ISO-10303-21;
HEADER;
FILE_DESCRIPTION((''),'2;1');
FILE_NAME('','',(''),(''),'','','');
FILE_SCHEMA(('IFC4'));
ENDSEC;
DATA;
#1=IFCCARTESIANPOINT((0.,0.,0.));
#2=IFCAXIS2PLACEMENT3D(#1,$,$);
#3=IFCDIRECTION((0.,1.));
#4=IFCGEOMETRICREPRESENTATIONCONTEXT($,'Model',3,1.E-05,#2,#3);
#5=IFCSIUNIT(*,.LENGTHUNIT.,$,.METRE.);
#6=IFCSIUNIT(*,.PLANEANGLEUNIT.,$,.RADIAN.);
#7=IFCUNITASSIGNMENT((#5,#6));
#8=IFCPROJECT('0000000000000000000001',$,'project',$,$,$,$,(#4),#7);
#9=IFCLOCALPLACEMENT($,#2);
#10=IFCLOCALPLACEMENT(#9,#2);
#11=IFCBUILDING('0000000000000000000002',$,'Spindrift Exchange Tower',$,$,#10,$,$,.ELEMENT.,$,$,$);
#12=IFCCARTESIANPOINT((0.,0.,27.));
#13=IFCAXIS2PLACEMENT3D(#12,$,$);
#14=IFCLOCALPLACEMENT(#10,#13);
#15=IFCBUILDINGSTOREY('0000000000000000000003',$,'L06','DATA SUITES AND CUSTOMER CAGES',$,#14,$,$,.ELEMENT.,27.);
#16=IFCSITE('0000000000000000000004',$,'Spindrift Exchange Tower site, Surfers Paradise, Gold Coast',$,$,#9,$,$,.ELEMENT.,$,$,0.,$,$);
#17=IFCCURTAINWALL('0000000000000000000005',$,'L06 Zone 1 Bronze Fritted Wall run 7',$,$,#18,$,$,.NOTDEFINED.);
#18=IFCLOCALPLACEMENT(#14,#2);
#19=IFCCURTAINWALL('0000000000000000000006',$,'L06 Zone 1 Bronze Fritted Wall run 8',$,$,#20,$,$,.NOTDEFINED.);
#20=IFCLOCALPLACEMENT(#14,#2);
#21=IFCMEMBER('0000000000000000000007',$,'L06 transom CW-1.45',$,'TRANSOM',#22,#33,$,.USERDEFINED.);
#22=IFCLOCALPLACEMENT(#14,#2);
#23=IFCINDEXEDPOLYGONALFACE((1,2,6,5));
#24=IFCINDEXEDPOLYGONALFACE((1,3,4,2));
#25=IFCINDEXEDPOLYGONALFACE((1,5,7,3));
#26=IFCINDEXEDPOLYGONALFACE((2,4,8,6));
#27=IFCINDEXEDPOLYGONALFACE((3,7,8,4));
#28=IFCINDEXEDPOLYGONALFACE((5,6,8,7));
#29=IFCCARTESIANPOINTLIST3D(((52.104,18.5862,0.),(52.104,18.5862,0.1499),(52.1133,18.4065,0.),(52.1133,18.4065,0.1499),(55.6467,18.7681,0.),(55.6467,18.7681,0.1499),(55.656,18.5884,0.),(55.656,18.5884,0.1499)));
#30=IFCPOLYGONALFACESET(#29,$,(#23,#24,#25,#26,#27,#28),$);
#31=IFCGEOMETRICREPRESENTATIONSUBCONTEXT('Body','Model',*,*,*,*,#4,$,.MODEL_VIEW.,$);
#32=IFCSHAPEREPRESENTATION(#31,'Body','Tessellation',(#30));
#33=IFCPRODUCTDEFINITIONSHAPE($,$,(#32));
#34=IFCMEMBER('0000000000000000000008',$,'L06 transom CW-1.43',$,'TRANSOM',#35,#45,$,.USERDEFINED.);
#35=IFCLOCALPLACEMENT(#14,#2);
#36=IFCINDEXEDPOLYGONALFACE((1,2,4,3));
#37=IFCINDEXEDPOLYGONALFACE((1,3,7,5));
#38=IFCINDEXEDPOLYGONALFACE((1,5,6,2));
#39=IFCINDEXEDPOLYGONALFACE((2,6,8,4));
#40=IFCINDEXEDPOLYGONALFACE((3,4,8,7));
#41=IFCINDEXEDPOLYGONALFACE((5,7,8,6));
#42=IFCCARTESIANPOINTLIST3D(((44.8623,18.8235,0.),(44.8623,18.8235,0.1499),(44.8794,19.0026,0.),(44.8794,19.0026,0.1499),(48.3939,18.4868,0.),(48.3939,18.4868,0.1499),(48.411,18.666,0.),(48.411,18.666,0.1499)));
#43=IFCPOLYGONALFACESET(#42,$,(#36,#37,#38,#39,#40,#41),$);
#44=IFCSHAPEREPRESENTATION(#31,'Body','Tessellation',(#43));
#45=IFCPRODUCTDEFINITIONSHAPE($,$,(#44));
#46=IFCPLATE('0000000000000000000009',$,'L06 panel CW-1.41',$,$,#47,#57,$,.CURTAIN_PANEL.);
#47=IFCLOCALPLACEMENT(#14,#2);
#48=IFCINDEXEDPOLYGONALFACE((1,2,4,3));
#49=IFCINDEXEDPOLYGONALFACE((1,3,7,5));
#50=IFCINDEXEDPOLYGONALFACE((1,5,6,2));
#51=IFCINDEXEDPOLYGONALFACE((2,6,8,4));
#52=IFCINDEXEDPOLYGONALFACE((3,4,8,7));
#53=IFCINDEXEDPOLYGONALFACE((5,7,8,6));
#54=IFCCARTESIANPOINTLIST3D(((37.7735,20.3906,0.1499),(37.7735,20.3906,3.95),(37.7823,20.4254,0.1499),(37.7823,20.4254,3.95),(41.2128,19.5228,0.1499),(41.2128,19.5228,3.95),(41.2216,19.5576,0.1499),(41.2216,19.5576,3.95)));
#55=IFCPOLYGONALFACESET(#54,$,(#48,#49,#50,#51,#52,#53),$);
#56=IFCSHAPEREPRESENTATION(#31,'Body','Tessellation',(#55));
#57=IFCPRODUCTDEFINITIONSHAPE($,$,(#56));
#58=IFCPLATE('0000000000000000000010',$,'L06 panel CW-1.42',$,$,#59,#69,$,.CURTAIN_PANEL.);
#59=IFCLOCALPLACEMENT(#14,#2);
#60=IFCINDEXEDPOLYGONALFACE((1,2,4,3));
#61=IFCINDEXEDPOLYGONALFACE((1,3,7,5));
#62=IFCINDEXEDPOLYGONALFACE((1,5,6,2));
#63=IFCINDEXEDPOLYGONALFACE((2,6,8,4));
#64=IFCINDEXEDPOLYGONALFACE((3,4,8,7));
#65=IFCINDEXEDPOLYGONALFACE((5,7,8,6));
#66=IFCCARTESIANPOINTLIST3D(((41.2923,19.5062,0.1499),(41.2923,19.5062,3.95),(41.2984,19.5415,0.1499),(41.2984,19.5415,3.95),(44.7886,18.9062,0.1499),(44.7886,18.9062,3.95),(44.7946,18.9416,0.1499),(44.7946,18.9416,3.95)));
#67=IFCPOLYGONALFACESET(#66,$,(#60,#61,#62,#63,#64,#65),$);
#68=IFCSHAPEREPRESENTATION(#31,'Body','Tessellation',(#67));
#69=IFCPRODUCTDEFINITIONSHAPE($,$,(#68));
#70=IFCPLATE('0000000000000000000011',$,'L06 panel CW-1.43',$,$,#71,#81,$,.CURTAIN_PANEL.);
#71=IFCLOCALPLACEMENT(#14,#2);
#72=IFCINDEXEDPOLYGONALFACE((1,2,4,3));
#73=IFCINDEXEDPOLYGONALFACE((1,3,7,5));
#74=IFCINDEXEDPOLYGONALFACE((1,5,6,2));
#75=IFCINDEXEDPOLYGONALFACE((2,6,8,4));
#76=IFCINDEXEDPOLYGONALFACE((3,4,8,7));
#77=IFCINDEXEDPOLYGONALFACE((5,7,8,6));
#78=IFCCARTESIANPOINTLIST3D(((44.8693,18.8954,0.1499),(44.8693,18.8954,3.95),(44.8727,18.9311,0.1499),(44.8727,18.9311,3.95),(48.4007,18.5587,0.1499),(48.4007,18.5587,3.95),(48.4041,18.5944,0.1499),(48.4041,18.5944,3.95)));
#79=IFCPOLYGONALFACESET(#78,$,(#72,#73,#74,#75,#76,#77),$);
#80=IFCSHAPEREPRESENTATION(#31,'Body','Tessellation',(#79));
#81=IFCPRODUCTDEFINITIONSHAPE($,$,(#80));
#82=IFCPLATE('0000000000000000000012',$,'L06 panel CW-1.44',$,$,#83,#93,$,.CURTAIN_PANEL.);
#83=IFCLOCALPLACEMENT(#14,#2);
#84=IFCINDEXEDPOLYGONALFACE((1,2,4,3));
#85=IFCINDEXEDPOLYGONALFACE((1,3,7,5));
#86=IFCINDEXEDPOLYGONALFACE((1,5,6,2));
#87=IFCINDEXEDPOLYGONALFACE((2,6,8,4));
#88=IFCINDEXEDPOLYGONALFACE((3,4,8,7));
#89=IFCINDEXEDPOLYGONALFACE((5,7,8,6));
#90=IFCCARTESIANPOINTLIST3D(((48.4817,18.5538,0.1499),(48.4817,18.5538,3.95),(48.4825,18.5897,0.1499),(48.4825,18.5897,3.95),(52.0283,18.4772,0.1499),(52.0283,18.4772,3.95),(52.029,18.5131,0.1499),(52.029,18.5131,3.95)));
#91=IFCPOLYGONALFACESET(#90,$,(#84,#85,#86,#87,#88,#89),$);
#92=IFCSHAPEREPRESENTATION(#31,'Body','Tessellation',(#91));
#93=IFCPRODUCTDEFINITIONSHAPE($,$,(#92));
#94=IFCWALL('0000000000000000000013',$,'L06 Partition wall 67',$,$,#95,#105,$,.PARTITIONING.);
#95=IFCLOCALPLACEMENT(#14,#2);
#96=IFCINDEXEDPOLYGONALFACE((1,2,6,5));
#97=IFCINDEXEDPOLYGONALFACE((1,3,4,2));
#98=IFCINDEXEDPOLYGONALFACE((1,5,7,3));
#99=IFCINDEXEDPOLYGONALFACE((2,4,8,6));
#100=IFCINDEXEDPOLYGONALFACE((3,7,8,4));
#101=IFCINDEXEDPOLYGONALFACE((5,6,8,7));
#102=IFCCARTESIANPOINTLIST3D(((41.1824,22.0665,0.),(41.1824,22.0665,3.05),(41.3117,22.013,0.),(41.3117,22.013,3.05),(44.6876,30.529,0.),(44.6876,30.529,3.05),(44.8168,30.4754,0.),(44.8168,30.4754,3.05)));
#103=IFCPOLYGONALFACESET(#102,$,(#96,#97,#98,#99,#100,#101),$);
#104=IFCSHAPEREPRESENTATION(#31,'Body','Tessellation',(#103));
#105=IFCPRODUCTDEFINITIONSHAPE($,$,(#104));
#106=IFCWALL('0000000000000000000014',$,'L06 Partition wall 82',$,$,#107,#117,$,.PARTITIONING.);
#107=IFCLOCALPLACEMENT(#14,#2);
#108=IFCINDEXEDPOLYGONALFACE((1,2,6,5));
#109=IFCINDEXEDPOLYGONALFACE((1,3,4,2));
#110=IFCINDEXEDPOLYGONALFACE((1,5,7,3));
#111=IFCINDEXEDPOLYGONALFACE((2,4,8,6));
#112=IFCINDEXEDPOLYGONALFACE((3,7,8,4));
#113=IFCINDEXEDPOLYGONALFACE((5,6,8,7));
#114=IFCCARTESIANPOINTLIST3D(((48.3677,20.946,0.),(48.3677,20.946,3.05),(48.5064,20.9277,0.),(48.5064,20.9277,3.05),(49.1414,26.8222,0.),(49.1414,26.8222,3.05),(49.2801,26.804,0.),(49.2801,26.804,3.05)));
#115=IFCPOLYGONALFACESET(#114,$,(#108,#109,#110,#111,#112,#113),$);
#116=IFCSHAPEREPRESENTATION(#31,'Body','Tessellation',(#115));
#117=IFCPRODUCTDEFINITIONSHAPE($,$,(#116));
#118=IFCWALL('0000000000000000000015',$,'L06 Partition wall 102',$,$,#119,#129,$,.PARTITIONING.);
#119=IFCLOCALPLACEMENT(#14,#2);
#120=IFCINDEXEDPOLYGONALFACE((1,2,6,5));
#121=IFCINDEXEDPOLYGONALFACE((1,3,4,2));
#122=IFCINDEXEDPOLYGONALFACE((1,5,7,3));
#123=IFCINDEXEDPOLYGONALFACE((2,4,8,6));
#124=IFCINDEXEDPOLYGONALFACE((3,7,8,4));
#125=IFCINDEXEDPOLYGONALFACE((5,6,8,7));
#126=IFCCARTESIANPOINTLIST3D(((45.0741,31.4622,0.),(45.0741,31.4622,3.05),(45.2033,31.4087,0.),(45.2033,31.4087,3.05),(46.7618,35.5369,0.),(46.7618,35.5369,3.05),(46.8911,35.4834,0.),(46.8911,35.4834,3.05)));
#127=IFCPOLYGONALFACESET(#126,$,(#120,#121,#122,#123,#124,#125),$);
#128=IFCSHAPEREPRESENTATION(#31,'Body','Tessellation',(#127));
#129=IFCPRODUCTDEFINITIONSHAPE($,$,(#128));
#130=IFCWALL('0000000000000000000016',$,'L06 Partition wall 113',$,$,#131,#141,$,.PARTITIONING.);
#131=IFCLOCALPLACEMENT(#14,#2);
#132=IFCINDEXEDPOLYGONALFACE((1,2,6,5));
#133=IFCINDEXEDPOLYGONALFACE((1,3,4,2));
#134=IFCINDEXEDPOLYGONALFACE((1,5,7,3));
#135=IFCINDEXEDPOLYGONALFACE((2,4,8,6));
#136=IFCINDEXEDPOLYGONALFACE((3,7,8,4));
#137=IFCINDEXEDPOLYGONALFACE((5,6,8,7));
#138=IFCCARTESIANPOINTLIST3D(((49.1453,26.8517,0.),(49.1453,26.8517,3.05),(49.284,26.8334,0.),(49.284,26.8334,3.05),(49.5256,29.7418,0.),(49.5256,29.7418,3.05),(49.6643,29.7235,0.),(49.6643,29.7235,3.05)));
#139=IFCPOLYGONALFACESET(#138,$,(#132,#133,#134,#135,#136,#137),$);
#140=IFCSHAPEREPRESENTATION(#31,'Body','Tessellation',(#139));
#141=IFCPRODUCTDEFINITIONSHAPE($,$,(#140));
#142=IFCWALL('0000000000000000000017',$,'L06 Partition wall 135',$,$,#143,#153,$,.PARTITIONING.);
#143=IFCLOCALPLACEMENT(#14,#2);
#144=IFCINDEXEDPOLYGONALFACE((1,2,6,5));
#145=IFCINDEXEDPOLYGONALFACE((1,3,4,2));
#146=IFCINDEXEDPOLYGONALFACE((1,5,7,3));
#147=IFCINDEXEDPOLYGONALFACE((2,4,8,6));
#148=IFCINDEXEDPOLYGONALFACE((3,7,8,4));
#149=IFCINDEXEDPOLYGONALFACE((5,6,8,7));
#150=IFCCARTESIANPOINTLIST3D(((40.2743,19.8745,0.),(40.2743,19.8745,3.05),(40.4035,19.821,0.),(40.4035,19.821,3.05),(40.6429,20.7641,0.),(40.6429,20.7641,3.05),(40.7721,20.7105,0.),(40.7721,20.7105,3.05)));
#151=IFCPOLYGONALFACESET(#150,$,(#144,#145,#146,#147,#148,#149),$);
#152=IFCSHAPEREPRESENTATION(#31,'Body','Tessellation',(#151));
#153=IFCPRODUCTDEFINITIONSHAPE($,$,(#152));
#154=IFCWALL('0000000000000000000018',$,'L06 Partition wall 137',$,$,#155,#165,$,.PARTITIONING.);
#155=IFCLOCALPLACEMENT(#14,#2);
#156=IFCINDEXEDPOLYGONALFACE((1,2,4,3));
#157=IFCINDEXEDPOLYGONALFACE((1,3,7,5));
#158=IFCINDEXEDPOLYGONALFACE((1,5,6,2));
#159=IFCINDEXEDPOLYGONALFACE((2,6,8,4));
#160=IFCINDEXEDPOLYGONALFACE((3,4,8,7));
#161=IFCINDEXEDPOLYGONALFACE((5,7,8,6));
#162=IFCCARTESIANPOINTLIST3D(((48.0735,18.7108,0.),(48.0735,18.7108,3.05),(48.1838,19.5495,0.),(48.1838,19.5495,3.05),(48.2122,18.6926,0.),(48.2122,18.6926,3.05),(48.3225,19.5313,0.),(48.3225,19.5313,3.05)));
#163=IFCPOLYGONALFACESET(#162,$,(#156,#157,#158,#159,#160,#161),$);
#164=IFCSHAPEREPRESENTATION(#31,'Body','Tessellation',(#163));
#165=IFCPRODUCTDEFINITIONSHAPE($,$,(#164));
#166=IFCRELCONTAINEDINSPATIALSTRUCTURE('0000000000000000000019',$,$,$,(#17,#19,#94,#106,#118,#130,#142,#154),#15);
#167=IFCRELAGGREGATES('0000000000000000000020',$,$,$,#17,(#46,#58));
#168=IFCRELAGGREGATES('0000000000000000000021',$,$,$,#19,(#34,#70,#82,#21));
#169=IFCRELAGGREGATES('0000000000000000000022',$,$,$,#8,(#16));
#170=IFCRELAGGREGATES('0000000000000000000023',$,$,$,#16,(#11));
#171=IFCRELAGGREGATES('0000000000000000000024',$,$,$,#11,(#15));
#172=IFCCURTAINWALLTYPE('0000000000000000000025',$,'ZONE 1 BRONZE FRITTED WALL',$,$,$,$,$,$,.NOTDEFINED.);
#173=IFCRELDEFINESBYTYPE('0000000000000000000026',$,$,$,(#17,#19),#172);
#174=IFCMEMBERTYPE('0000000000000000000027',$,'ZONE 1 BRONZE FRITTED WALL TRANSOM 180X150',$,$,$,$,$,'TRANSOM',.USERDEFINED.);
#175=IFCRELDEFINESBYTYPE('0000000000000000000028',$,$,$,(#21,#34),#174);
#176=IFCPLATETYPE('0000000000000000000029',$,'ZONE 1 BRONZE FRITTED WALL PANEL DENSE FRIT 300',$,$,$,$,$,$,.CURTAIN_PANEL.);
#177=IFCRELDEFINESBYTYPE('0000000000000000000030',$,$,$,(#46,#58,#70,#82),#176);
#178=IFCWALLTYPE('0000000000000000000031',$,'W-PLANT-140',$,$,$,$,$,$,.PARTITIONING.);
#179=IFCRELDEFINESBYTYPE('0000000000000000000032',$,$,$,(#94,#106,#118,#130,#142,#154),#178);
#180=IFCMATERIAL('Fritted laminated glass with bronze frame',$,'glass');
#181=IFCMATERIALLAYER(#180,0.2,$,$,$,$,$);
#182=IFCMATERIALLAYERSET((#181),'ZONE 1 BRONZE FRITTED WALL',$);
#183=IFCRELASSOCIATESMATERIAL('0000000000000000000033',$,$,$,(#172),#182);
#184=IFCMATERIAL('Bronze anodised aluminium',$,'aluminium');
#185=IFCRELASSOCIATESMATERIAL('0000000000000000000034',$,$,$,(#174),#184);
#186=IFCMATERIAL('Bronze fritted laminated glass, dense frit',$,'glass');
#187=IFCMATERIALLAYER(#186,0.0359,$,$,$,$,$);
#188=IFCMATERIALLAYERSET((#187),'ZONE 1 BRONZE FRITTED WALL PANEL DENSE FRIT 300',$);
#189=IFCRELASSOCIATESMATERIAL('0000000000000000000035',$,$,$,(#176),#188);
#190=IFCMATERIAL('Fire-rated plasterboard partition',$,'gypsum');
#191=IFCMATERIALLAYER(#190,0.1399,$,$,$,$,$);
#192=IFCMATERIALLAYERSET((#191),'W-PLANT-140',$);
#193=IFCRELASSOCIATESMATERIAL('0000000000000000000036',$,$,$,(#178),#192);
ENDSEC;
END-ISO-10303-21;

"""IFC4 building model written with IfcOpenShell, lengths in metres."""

from ifc_helpers import new_model, si_unit, direction, frame, frame_2d, origin, origin_2d, place, context, subcontext, project, spatial, rectangle, extrude, source, transform, mapped, material, layer, layer_set, material_profile, profile_set, type_object, element, aggregate, save


model = new_model("IFC4")

# Units and contexts
model_context = context("Model", 3, precision=1e-05, world=origin(), true_north=direction((0.0, 1.0)))
body_context = subcontext(model_context, "Body", "Model", "MODEL_VIEW")
ifc_project = project(units=[si_unit("LENGTHUNIT", "METRE"), si_unit("PLANEANGLEUNIT", "RADIAN")], contexts=[model_context])

# Site, building, storey
site_placement = place(None, origin())
site = spatial("IfcSite", under=ifc_project, at=site_placement, Name="Spindrift Exchange Tower site, Surfers Paradise, Gold Coast", CompositionType="ELEMENT", RefElevation=0.0)
building_placement = place(site_placement, origin())
building = spatial("IfcBuilding", under=site, at=building_placement, Name="Spindrift Exchange Tower", CompositionType="ELEMENT")
storey_placement = place(building_placement, frame((0.0, 0.0, 27.0)))
storey = spatial("IfcBuildingStorey", under=building, at=storey_placement, Name="L06", Description="DATA SUITES AND CUSTOMER CAGES", CompositionType="ELEMENT", Elevation=27.0)

# Curtain wall
ifc_material_1 = material(Name="Fritted laminated glass with bronze frame", Category="glass")
ifc_layer_1 = layer(ifc_material_1, 0.2)
ifc_layer_set_1 = layer_set([ifc_layer_1], Name="ZONE 1 BRONZE FRITTED WALL")
curtain_wall_type = type_object("IfcCurtainWallType", Name="ZONE 1 BRONZE FRITTED WALL", PredefinedType="NOTDEFINED", material=ifc_layer_set_1)
curtain_wall_1_placement = place(storey_placement, origin())
curtain_wall_1 = element("IfcCurtainWall", 1, at=curtain_wall_1_placement, inside=storey, type_object=curtain_wall_type, Name="L06 Zone 1 Bronze Fritted Wall run 7", PredefinedType="NOTDEFINED")
ifc_material_2 = material(Name="Bronze anodised aluminium", Category="aluminium")

# Curtain wall
curtain_wall_2_placement = place(storey_placement, origin())
curtain_wall_2 = element("IfcCurtainWall", 2, at=curtain_wall_2_placement, inside=storey, type_object=curtain_wall_type, Name="L06 Zone 1 Bronze Fritted Wall run 8", PredefinedType="NOTDEFINED")

# Members
ifc_material_profile_1 = material_profile(ifc_material_2, rectangle(XDim=0.1799, YDim=0.1499, at=origin_2d()), Name="ZONE 1 BRONZE FRITTED WALL TRANSOM 180X150")
ifc_profile_set_1 = profile_set([ifc_material_profile_1], Name="Bronze anodised aluminium")
member_type_1 = type_object("IfcMemberType", Name="ZONE 1 BRONZE FRITTED WALL TRANSOM 180X150", ElementType="TRANSOM", PredefinedType="USERDEFINED", material=ifc_profile_set_1)
shared_shape_1 = source(origin(), body_context, "Body", "SweptSolid", [
    extrude(rectangle(XDim=0.1799, YDim=0.1499, at=origin_2d()), origin(), (0.0, 0.0, 1.0), 3.5474),
])
member_1_placement = place(storey_placement, frame((52.1086, 18.4963, 0.075), z_axis=(0.998685, 0.051273, 0.0), x_axis=(-0.051273, 0.998685, 0.0)))
member_1 = element("IfcMember", 3, at=member_1_placement, type_object=member_type_1, Name="L06 transom CW-1.45", ObjectType="TRANSOM", PredefinedType="USERDEFINED", context=body_context, shape_type="MappedRepresentation", body=[
    mapped(shared_shape_1, transform((0.0, 0.0, 0.0), scale=1.0)),
])
shared_shape_2 = source(origin(), body_context, "Body", "SweptSolid", [
    extrude(rectangle(XDim=0.1799, YDim=0.1499, at=origin_2d()), origin(), (0.0, 0.0, 1.0), 3.5476),
])
member_2_placement = place(storey_placement, frame((44.8708, 18.9131, 0.075), z_axis=(0.995486, -0.094903, 0.0), x_axis=(0.094903, 0.995486, 0.0)))
member_2 = element("IfcMember", 4, at=member_2_placement, type_object=member_type_1, Name="L06 transom CW-1.43", ObjectType="TRANSOM", PredefinedType="USERDEFINED", context=body_context, shape_type="MappedRepresentation", body=[
    mapped(shared_shape_2, transform((0.0, 0.0, 0.0), scale=1.0)),
])

# Plates
ifc_material_3 = material(Name="Bronze fritted laminated glass, dense frit", Category="glass")
ifc_layer_2 = layer(ifc_material_3, 0.0359)
ifc_layer_set_2 = layer_set([ifc_layer_2], Name="ZONE 1 BRONZE FRITTED WALL PANEL DENSE FRIT 300")
plate_type = type_object("IfcPlateType", Name="ZONE 1 BRONZE FRITTED WALL PANEL DENSE FRIT 300", PredefinedType="CURTAIN_PANEL", material=ifc_layer_set_2)
shared_shape_3 = source(origin(), body_context, "Body", "SweptSolid", [
    extrude(rectangle(XDim=3.5471, YDim=0.0359, at=origin_2d()), origin(), (0.0, 0.0, 1.0), 3.8),
])
plate_1_placement = place(storey_placement, frame((39.4976, 19.9741, 0.1499), z_axis=(0.0, 0.0, 1.0), x_axis=(0.969612, -0.244649, 0.0)))
plate_1 = element("IfcPlate", 5, at=plate_1_placement, type_object=plate_type, Name="L06 panel CW-1.41", PredefinedType="CURTAIN_PANEL", context=body_context, shape_type="MappedRepresentation", body=[
    mapped(shared_shape_3, transform((0.0, 0.0, 0.0), scale=1.0)),
])
shared_shape_4 = source(origin(), body_context, "Body", "SweptSolid", [
    extrude(rectangle(XDim=3.5474, YDim=0.0359, at=origin_2d()), origin(), (0.0, 0.0, 1.0), 3.8),
])
plate_2_placement = place(storey_placement, frame((43.0435, 19.2239, 0.1499), z_axis=(0.0, 0.0, 1.0), x_axis=(0.985594, -0.169131, 0.0)))
plate_2 = element("IfcPlate", 6, at=plate_2_placement, type_object=plate_type, Name="L06 panel CW-1.42", PredefinedType="CURTAIN_PANEL", context=body_context, shape_type="MappedRepresentation", body=[
    mapped(shared_shape_4, transform((0.0, 0.0, 0.0), scale=1.0)),
])
aggregate(curtain_wall_1, [plate_1, plate_2])
plate_3_placement = place(storey_placement, frame((46.6367, 18.7449, 0.1499), z_axis=(0.0, 0.0, 1.0), x_axis=(0.995485, -0.094916, 0.0)))
plate_3 = element("IfcPlate", 7, at=plate_3_placement, type_object=plate_type, Name="L06 panel CW-1.43", PredefinedType="CURTAIN_PANEL", context=body_context, shape_type="MappedRepresentation", body=[
    mapped(shared_shape_4, transform((0.0, 0.0, 0.0), scale=1.0)),
])
plate_4_placement = place(storey_placement, frame((50.2554, 18.5334, 0.1499), z_axis=(0.0, 0.0, 1.0), x_axis=(0.999767, -0.021586, 0.0)))
plate_4 = element("IfcPlate", 8, at=plate_4_placement, type_object=plate_type, Name="L06 panel CW-1.44", PredefinedType="CURTAIN_PANEL", context=body_context, shape_type="MappedRepresentation", body=[
    mapped(shared_shape_4, transform((0.0, 0.0, 0.0), scale=1.0)),
])
aggregate(curtain_wall_2, [member_2, plate_3, plate_4, member_1])

# Walls
ifc_material_4 = material(Name="Fire-rated plasterboard partition", Category="gypsum")
ifc_layer_3 = layer(ifc_material_4, 0.1399)
ifc_layer_set_3 = layer_set([ifc_layer_3], Name="W-PLANT-140")
wall_type = type_object("IfcWallType", Name="W-PLANT-140", PredefinedType="PARTITIONING", material=ifc_layer_set_3)
wall_1_placement = place(storey_placement, frame((44.7522, 30.5022, 0.0), z_axis=(0.0, 0.0, 1.0), x_axis=(-0.382673, -0.923884, 0.0)))
element("IfcWall", 9, at=wall_1_placement, inside=storey, type_object=wall_type, Name="L06 Partition wall 67", PredefinedType="PARTITIONING", context=body_context, shape_type="SweptSolid", body=[
    extrude(rectangle(XDim=9.1597, YDim=0.1399, at=frame_2d((4.5798, 0.0))), origin(), (0.0, 0.0, 1.0), 3.05),
])
wall_2_placement = place(storey_placement, frame((49.2107, 26.813, 0.0), z_axis=(0.0, 0.0, 1.0), x_axis=(-0.130537, -0.991443, 0.0)))
element("IfcWall", 10, at=wall_2_placement, inside=storey, type_object=wall_type, Name="L06 Partition wall 82", PredefinedType="PARTITIONING", context=body_context, shape_type="SweptSolid", body=[
    extrude(rectangle(XDim=5.927, YDim=0.1399, at=frame_2d((2.9634, 0.0))), origin(), (0.0, 0.0, 1.0), 3.05),
])
wall_3_placement = place(storey_placement, frame((46.8264, 35.51, 0.0), z_axis=(0.0, 0.0, 1.0), x_axis=(-0.382673, -0.923884, 0.0)))
element("IfcWall", 11, at=wall_3_placement, inside=storey, type_object=wall_type, Name="L06 Partition wall 102", PredefinedType="PARTITIONING", context=body_context, shape_type="SweptSolid", body=[
    extrude(rectangle(XDim=4.4104, YDim=0.1399, at=frame_2d((2.2051, 0.0))), origin(), (0.0, 0.0, 1.0), 3.05),
])
wall_4_placement = place(storey_placement, frame((49.595, 29.7327, 0.0), z_axis=(0.0, 0.0, 1.0), x_axis=(-0.130485, -0.99145, 0.0)))
element("IfcWall", 12, at=wall_4_placement, inside=storey, type_object=wall_type, Name="L06 Partition wall 113", PredefinedType="PARTITIONING", context=body_context, shape_type="SweptSolid", body=[
    extrude(rectangle(XDim=2.915, YDim=0.1399, at=frame_2d((1.4575, 0.0))), origin(), (0.0, 0.0, 1.0), 3.05),
])
wall_5_placement = place(storey_placement, frame((40.7075, 20.7373, 0.0), z_axis=(0.0, 0.0, 1.0), x_axis=(-0.382815, -0.923825, 0.0)))
element("IfcWall", 13, at=wall_5_placement, inside=storey, type_object=wall_type, Name="L06 Partition wall 135", PredefinedType="PARTITIONING", context=body_context, shape_type="SweptSolid", body=[
    extrude(rectangle(XDim=0.9629, YDim=0.1399, at=frame_2d((0.4814, 0.0))), origin(), (0.0, 0.0, 1.0), 3.05),
])
wall_6_placement = place(storey_placement, frame((48.2532, 19.5403, 0.0), z_axis=(0.0, 0.0, 1.0), x_axis=(-0.130462, -0.991453, 0.0)))
element("IfcWall", 14, at=wall_6_placement, inside=storey, type_object=wall_type, Name="L06 Partition wall 137", PredefinedType="PARTITIONING", context=body_context, shape_type="SweptSolid", body=[
    extrude(rectangle(XDim=0.8459, YDim=0.1399, at=frame_2d((0.4229, 0.0))), origin(), (0.0, 0.0, 1.0), 3.05),
])

save(model, "model.ifc")
